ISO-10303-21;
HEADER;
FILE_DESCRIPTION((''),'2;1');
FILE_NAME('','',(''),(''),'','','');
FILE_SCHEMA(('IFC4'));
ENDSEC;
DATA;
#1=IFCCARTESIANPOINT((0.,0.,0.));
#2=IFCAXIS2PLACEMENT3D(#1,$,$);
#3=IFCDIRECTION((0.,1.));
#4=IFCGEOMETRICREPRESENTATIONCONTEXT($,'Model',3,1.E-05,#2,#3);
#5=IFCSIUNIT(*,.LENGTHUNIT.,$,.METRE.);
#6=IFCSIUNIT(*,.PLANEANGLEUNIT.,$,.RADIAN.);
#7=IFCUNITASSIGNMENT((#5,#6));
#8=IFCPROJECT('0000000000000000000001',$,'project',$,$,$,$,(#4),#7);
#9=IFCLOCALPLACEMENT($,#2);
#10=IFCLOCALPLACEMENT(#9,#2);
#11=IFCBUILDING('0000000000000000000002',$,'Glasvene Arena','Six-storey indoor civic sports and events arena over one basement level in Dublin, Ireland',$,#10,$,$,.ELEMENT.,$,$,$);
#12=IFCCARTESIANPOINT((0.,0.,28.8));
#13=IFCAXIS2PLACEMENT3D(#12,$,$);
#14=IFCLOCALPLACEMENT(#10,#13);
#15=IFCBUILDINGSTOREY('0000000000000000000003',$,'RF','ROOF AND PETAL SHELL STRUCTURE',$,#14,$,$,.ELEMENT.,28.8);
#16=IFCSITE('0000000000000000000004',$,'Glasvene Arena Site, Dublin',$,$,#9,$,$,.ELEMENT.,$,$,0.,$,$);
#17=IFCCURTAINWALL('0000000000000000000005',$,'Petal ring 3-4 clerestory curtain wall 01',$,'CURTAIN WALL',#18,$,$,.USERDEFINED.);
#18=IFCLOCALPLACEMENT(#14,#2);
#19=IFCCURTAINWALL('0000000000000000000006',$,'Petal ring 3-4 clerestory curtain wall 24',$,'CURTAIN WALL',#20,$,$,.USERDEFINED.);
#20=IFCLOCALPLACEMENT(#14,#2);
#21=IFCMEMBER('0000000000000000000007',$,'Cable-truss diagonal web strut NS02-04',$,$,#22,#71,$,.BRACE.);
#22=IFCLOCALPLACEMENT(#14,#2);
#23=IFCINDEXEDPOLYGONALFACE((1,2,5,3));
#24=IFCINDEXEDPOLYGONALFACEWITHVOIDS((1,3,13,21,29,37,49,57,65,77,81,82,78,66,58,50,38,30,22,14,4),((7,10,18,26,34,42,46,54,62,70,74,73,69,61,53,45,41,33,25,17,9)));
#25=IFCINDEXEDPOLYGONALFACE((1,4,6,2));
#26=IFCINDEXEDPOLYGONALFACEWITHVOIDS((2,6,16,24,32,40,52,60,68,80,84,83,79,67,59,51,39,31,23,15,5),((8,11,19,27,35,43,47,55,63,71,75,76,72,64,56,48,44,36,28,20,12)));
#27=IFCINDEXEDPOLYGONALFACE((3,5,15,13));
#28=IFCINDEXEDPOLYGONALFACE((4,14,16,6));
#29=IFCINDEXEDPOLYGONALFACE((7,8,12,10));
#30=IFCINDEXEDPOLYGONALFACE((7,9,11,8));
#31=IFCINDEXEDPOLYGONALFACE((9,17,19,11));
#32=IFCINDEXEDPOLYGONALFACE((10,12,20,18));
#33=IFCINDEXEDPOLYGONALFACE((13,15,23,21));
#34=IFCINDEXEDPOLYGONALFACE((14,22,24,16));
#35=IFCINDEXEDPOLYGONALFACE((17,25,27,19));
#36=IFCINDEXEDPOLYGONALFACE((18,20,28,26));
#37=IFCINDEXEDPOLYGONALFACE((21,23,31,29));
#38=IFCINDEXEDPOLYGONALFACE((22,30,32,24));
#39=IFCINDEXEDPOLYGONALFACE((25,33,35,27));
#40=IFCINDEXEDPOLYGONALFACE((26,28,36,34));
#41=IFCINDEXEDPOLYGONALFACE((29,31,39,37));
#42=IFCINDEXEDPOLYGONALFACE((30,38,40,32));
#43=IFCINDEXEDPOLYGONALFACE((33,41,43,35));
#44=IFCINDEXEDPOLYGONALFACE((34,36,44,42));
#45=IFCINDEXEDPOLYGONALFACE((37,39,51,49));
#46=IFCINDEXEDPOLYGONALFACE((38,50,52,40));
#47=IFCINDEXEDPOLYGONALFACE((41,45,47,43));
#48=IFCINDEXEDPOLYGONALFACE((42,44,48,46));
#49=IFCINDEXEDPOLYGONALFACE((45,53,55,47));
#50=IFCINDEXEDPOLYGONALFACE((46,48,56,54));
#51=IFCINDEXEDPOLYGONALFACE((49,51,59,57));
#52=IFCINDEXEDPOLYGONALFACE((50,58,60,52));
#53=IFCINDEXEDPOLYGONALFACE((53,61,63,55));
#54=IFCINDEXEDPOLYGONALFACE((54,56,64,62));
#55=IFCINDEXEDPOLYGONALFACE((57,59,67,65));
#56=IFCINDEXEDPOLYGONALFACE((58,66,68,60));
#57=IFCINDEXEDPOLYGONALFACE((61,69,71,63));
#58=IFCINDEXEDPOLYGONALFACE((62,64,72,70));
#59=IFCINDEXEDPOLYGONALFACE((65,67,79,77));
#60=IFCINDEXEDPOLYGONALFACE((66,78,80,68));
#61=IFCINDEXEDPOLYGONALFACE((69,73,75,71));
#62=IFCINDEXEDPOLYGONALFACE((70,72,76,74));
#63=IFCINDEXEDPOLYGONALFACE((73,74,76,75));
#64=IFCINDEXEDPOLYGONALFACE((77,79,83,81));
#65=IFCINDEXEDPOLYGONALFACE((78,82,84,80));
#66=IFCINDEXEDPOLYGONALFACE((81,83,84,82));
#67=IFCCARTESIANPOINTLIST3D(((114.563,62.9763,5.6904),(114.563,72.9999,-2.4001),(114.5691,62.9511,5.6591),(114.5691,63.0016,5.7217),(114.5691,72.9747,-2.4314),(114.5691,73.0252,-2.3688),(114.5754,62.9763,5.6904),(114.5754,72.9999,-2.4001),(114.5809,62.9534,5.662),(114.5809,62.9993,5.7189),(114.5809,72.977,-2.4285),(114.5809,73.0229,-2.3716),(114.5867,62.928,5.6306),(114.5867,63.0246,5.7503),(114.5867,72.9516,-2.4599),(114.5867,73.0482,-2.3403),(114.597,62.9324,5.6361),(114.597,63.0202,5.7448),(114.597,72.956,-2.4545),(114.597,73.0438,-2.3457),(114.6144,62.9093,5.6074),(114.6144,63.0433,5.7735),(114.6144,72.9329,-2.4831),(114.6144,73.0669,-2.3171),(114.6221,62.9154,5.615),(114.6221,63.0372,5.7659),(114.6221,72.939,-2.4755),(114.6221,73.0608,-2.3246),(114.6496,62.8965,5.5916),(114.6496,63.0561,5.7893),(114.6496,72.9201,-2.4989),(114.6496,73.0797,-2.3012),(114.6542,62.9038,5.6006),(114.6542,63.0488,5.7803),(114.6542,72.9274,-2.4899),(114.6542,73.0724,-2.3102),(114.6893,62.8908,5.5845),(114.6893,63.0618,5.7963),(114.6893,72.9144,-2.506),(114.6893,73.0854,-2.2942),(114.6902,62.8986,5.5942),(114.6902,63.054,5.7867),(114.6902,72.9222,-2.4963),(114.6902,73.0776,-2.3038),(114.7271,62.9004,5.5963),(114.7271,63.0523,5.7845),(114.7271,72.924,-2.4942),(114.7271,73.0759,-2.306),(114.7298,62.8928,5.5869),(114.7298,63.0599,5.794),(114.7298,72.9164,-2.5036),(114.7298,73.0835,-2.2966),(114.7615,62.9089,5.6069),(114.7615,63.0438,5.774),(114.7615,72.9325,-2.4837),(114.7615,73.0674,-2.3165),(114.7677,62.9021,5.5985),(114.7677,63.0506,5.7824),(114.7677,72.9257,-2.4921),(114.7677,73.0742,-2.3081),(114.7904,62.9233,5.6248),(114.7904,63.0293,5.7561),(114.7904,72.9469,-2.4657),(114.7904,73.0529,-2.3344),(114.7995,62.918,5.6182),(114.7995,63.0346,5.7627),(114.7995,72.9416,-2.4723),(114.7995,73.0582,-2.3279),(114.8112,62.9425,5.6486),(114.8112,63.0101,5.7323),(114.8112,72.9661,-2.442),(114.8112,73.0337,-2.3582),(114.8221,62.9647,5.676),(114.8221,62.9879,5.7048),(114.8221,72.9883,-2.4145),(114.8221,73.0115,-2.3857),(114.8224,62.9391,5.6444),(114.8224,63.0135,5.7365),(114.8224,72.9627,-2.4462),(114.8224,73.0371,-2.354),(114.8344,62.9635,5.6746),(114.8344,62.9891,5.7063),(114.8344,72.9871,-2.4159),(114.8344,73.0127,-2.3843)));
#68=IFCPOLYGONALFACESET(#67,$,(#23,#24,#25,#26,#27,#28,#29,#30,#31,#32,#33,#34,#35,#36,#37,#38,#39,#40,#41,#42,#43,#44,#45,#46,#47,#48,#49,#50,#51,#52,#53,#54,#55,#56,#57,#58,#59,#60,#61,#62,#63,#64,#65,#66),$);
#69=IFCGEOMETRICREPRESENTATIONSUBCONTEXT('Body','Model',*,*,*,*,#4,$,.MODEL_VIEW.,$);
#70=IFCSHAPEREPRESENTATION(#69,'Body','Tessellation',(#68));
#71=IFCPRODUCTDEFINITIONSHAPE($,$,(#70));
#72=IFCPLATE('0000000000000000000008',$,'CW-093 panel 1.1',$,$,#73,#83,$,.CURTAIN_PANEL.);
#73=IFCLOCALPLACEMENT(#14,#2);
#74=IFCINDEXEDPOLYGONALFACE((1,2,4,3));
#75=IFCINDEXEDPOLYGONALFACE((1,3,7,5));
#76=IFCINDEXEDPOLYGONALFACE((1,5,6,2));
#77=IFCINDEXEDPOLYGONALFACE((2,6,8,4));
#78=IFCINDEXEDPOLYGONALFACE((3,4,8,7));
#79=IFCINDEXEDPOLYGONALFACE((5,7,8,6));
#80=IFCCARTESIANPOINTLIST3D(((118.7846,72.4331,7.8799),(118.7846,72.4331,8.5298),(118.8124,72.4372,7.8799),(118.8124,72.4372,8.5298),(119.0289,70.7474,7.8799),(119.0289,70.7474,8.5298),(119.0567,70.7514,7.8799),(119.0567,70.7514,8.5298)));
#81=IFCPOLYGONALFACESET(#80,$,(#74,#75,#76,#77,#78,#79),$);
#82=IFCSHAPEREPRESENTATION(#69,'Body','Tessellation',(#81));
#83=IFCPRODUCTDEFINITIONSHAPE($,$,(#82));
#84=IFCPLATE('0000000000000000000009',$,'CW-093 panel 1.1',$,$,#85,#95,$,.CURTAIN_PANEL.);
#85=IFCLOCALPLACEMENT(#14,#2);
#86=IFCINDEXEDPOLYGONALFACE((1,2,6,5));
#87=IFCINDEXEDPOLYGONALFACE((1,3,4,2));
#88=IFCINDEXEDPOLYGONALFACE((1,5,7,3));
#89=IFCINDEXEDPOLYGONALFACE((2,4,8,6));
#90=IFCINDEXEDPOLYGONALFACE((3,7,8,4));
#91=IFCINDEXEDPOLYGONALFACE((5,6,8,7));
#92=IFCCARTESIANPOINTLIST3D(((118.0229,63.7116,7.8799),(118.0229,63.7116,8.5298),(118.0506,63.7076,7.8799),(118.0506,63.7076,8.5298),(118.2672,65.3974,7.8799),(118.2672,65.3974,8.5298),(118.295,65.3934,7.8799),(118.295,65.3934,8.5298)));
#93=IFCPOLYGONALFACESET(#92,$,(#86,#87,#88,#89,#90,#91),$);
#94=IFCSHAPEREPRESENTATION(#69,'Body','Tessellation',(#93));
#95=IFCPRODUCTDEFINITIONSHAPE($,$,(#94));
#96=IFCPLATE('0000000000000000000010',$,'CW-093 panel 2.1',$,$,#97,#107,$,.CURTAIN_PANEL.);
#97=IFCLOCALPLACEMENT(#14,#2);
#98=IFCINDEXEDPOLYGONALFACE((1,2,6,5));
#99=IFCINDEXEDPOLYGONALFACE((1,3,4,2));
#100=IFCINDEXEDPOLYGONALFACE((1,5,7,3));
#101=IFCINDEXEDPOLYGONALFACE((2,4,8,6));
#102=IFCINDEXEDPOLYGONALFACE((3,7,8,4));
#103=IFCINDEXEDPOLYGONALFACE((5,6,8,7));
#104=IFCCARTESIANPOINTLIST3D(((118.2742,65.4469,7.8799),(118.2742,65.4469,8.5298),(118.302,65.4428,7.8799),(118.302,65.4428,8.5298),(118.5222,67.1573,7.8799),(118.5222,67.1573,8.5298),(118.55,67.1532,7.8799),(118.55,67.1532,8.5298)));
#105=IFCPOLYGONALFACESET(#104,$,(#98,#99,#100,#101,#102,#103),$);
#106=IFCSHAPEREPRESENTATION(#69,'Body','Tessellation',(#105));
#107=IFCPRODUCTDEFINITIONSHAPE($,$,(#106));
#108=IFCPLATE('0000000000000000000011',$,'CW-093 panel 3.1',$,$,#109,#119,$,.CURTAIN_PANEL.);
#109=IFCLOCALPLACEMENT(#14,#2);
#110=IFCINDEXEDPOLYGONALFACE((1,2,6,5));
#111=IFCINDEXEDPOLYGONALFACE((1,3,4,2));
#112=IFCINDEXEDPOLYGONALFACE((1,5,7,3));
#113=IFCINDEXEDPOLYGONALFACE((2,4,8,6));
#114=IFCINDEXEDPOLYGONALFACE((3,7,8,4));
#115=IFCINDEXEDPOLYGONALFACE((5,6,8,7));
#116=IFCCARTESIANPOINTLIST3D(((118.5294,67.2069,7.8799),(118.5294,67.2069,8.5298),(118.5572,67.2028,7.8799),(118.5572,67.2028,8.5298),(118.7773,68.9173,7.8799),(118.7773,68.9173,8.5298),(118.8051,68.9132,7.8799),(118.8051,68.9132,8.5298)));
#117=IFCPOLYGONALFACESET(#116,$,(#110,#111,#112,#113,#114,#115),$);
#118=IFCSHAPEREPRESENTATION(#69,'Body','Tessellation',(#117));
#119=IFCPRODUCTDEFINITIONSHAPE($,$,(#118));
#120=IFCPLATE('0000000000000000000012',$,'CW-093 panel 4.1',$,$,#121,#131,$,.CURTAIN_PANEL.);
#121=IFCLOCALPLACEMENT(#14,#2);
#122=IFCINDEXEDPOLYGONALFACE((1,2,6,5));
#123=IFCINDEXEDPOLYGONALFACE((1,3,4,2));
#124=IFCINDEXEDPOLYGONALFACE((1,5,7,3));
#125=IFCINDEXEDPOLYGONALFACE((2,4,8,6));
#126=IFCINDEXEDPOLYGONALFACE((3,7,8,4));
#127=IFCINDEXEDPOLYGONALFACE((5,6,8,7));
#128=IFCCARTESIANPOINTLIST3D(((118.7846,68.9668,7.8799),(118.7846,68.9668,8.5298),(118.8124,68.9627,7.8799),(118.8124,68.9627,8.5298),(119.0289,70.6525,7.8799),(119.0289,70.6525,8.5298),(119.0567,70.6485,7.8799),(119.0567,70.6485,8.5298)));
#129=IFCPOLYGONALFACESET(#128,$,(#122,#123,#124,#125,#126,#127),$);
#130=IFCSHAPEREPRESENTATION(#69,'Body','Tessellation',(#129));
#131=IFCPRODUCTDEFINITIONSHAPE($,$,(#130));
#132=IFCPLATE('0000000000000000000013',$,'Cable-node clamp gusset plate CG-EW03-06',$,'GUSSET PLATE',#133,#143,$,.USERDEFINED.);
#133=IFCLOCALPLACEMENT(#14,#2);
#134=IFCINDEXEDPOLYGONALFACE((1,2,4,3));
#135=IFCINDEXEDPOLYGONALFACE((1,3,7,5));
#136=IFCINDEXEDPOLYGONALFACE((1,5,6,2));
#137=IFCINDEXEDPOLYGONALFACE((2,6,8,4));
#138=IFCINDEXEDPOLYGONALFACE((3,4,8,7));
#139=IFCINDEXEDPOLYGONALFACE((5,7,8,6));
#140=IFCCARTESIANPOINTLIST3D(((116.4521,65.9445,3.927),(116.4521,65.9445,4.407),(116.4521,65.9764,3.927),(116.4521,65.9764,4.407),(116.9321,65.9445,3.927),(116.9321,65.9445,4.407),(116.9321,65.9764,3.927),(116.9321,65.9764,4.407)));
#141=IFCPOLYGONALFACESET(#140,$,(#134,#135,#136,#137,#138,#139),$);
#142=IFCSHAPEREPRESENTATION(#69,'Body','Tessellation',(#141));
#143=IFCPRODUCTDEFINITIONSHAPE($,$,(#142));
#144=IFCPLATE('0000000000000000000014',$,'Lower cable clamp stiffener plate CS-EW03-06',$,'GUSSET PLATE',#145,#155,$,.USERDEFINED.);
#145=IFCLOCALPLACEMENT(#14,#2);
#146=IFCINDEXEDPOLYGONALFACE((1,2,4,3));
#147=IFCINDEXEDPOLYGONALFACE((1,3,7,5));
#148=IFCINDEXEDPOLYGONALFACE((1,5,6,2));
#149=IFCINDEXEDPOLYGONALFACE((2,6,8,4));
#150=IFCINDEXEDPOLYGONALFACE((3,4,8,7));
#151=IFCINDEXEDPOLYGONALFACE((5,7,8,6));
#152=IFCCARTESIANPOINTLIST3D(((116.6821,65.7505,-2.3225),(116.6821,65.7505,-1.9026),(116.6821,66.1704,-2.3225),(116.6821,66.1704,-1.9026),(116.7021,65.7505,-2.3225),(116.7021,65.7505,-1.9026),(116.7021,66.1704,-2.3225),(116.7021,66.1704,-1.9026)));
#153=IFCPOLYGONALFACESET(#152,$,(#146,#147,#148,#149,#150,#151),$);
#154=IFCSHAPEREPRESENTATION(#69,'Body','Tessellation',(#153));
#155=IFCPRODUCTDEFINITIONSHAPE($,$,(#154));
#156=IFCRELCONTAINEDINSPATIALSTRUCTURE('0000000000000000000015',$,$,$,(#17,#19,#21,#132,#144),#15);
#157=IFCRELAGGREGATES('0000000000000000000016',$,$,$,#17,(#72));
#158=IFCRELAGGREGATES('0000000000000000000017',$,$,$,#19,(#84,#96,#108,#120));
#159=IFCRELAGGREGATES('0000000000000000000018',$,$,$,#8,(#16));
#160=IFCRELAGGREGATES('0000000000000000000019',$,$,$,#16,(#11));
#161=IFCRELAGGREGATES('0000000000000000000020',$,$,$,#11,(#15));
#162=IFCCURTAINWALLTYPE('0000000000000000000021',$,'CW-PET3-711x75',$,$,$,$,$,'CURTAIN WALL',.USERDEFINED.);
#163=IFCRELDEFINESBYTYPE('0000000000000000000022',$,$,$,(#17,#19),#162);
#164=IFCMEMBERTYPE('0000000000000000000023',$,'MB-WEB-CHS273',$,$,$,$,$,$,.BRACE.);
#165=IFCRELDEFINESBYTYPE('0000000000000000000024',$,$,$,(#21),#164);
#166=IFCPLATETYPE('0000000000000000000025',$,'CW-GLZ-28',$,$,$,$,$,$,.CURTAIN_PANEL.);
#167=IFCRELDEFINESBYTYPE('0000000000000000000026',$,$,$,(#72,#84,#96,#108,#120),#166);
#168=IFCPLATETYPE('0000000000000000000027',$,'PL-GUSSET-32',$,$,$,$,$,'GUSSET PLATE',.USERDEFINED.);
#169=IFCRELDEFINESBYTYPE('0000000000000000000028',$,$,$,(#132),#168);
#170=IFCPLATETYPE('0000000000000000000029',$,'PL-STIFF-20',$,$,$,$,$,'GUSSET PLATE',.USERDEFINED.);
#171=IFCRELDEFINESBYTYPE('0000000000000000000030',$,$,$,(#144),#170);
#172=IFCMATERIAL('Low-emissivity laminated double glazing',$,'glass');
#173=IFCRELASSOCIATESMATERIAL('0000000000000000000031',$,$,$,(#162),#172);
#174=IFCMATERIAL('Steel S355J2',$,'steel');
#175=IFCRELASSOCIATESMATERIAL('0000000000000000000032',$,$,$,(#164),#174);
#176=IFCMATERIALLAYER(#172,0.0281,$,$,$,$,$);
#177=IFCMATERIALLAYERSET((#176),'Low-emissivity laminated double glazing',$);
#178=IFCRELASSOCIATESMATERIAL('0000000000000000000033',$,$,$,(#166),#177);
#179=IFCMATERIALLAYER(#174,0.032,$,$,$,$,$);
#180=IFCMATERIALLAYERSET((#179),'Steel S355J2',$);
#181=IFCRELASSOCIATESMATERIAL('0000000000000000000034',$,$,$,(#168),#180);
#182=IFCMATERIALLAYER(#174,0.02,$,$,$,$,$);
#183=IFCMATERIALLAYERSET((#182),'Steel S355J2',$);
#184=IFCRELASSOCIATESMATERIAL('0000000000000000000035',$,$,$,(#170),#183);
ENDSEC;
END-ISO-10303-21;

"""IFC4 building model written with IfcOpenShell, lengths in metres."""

from ifc_helpers import new_model, si_unit, direction, frame, origin, origin_2d, place, context, subcontext, project, spatial, rectangle, hollow_circle, extrude, material, layer, layer_set, material_profile, profile_set, type_object, element, aggregate, save


model = new_model("IFC4")

# Units and contexts
model_context = context("Model", 3, precision=1e-05, world=origin(), true_north=direction((0.0, 1.0)))
body_context = subcontext(model_context, "Body", "Model", "MODEL_VIEW")
ifc_project = project(units=[si_unit("LENGTHUNIT", "METRE"), si_unit("PLANEANGLEUNIT", "RADIAN")], contexts=[model_context])

# Site, building, storey
site_placement = place(None, origin())
site = spatial("IfcSite", under=ifc_project, at=site_placement, Name="Glasvene Arena Site, Dublin", CompositionType="ELEMENT", RefElevation=0.0)
building_placement = place(site_placement, origin())
building = spatial("IfcBuilding", under=site, at=building_placement, Name="Glasvene Arena", Description="Six-storey indoor civic sports and events arena over one basement level in Dublin, Ireland", CompositionType="ELEMENT")
storey_placement = place(building_placement, frame((0.0, 0.0, 28.8)))
storey = spatial("IfcBuildingStorey", under=building, at=storey_placement, Name="RF", Description="ROOF AND PETAL SHELL STRUCTURE", CompositionType="ELEMENT", Elevation=28.8)

# Curtain wall
ifc_material_1 = material(Name="Low-emissivity laminated double glazing", Category="glass")
curtain_wall_type_1 = type_object("IfcCurtainWallType", Name="CW-PET3-711x75", ElementType="CURTAIN WALL", PredefinedType="USERDEFINED", material=ifc_material_1)
curtain_wall_1_placement = place(storey_placement, frame((119.05, 70.7, 0.0)))
curtain_wall_1 = element("IfcCurtainWall", 1, at=curtain_wall_1_placement, inside=storey, type_object=curtain_wall_type_1, Name="Petal ring 3-4 clerestory curtain wall 01", ObjectType="CURTAIN WALL", PredefinedType="USERDEFINED")

# Curtain wall
curtain_wall_2_placement = place(storey_placement, frame((118.0295, 63.6602, 0.0)))
curtain_wall_2 = element("IfcCurtainWall", 2, at=curtain_wall_2_placement, inside=storey, type_object=curtain_wall_type_1, Name="Petal ring 3-4 clerestory curtain wall 24", ObjectType="CURTAIN WALL", PredefinedType="USERDEFINED")

# Member
ifc_material_2 = material(Name="Steel S355J2", Category="steel")
ifc_material_profile_1 = material_profile(ifc_material_2, hollow_circle(Radius=0.1365, WallThickness=0.0125, at=origin_2d()), Name="CHS 273.0x12.5")
ifc_profile_set_1 = profile_set([ifc_material_profile_1], Name="Steel S355J2")
member_type_1 = type_object("IfcMemberType", Name="MB-WEB-CHS273", PredefinedType="BRACE", material=ifc_profile_set_1)
member_1_placement = place(storey_placement, frame((114.6995, 62.9763, 5.6904), z_axis=(0.0, 0.778149, -0.62808), x_axis=(-1.0, 0.0, 0.0)))
element("IfcMember", 3, at=member_1_placement, inside=storey, type_object=member_type_1, Name="Cable-truss diagonal web strut NS02-04", PredefinedType="BRACE", context=body_context, shape_type="SweptSolid", body=[
    extrude(hollow_circle(Radius=0.1365, WallThickness=0.0125, at=origin_2d()), origin(), (0.0, 0.0, 1.0), 12.8813),
])

# Plates
ifc_layer_1 = layer(ifc_material_1, 0.0281)
ifc_layer_set_1 = layer_set([ifc_layer_1], Name="Low-emissivity laminated double glazing")
plate_type_1 = type_object("IfcPlateType", Name="CW-GLZ-28", PredefinedType="CURTAIN_PANEL", material=ifc_layer_set_1)
plate_1_placement = place(storey_placement, frame((118.9207, 71.5923, 7.8799), z_axis=(0.0, 0.0, 1.0), x_axis=(-0.14346, 0.989656, 0.0)))
plate_1 = element("IfcPlate", 4, at=plate_1_placement, type_object=plate_type_1, Name="CW-093 panel 1.1", PredefinedType="CURTAIN_PANEL", context=body_context, shape_type="SweptSolid", body=[
    extrude(rectangle(XDim=1.7034, YDim=0.0281, at=origin_2d()), origin(), (0.0, 0.0, 1.0), 0.6499),
])
aggregate(curtain_wall_1, [plate_1])
plate_2_placement = place(storey_placement, frame((118.1589, 64.5525, 7.8799), z_axis=(0.0, 0.0, 1.0), x_axis=(0.14346, 0.989656, 0.0)))
plate_2 = element("IfcPlate", 5, at=plate_2_placement, type_object=plate_type_1, Name="CW-093 panel 1.1", PredefinedType="CURTAIN_PANEL", context=body_context, shape_type="SweptSolid", body=[
    extrude(rectangle(XDim=1.7034, YDim=0.0281, at=origin_2d()), origin(), (0.0, 0.0, 1.0), 0.6499),
])
plate_3_placement = place(storey_placement, frame((118.4121, 66.3, 7.8799), z_axis=(0.0, 0.0, 1.0), x_axis=(0.14346, 0.989656, 0.0)))
plate_3 = element("IfcPlate", 6, at=plate_3_placement, type_object=plate_type_1, Name="CW-093 panel 2.1", PredefinedType="CURTAIN_PANEL", context=body_context, shape_type="SweptSolid", body=[
    extrude(rectangle(XDim=1.7283, YDim=0.0281, at=origin_2d()), origin(), (0.0, 0.0, 1.0), 0.6499),
])
plate_4_placement = place(storey_placement, frame((118.6672, 68.0601, 7.8799), z_axis=(0.0, 0.0, 1.0), x_axis=(0.14346, 0.989656, 0.0)))
plate_4 = element("IfcPlate", 7, at=plate_4_placement, type_object=plate_type_1, Name="CW-093 panel 3.1", PredefinedType="CURTAIN_PANEL", context=body_context, shape_type="SweptSolid", body=[
    extrude(rectangle(XDim=1.7283, YDim=0.0281, at=origin_2d()), origin(), (0.0, 0.0, 1.0), 0.6499),
])
plate_5_placement = place(storey_placement, frame((118.9207, 69.8076, 7.8799), z_axis=(0.0, 0.0, 1.0), x_axis=(0.14346, 0.989656, 0.0)))
plate_5 = element("IfcPlate", 8, at=plate_5_placement, type_object=plate_type_1, Name="CW-093 panel 4.1", PredefinedType="CURTAIN_PANEL", context=body_context, shape_type="SweptSolid", body=[
    extrude(rectangle(XDim=1.7034, YDim=0.0281, at=origin_2d()), origin(), (0.0, 0.0, 1.0), 0.6499),
])
aggregate(curtain_wall_2, [plate_2, plate_3, plate_4, plate_5])

# Plates
ifc_layer_2 = layer(ifc_material_2, 0.032)
ifc_layer_set_2 = layer_set([ifc_layer_2], Name="Steel S355J2")
plate_type_2 = type_object("IfcPlateType", Name="PL-GUSSET-32", ElementType="GUSSET PLATE", PredefinedType="USERDEFINED", material=ifc_layer_set_2)
plate_6_placement = place(storey_placement, frame((116.6921, 65.9604, 3.927), z_axis=(0.0, 0.0, 1.0), x_axis=(1.0, 0.0, 0.0)))
element("IfcPlate", 9, at=plate_6_placement, inside=storey, type_object=plate_type_2, Name="Cable-node clamp gusset plate CG-EW03-06", ObjectType="GUSSET PLATE", PredefinedType="USERDEFINED", context=body_context, shape_type="SweptSolid", body=[
    extrude(rectangle(XDim=0.48, YDim=0.032, at=origin_2d()), origin(), (0.0, 0.0, 1.0), 0.48),
])
ifc_layer_3 = layer(ifc_material_2, 0.02)
ifc_layer_set_3 = layer_set([ifc_layer_3], Name="Steel S355J2")
plate_type_3 = type_object("IfcPlateType", Name="PL-STIFF-20", ElementType="GUSSET PLATE", PredefinedType="USERDEFINED", material=ifc_layer_set_3)
plate_7_placement = place(storey_placement, frame((116.6921, 65.9604, -2.3225), z_axis=(0.0, 0.0, 1.0), x_axis=(1.0, 0.0, 0.0)))
element("IfcPlate", 10, at=plate_7_placement, inside=storey, type_object=plate_type_3, Name="Lower cable clamp stiffener plate CS-EW03-06", ObjectType="GUSSET PLATE", PredefinedType="USERDEFINED", context=body_context, shape_type="SweptSolid", body=[
    extrude(rectangle(XDim=0.02, YDim=0.4199, at=origin_2d()), origin(), (0.0, 0.0, 1.0), 0.4199),
])

save(model, "model.ifc")
